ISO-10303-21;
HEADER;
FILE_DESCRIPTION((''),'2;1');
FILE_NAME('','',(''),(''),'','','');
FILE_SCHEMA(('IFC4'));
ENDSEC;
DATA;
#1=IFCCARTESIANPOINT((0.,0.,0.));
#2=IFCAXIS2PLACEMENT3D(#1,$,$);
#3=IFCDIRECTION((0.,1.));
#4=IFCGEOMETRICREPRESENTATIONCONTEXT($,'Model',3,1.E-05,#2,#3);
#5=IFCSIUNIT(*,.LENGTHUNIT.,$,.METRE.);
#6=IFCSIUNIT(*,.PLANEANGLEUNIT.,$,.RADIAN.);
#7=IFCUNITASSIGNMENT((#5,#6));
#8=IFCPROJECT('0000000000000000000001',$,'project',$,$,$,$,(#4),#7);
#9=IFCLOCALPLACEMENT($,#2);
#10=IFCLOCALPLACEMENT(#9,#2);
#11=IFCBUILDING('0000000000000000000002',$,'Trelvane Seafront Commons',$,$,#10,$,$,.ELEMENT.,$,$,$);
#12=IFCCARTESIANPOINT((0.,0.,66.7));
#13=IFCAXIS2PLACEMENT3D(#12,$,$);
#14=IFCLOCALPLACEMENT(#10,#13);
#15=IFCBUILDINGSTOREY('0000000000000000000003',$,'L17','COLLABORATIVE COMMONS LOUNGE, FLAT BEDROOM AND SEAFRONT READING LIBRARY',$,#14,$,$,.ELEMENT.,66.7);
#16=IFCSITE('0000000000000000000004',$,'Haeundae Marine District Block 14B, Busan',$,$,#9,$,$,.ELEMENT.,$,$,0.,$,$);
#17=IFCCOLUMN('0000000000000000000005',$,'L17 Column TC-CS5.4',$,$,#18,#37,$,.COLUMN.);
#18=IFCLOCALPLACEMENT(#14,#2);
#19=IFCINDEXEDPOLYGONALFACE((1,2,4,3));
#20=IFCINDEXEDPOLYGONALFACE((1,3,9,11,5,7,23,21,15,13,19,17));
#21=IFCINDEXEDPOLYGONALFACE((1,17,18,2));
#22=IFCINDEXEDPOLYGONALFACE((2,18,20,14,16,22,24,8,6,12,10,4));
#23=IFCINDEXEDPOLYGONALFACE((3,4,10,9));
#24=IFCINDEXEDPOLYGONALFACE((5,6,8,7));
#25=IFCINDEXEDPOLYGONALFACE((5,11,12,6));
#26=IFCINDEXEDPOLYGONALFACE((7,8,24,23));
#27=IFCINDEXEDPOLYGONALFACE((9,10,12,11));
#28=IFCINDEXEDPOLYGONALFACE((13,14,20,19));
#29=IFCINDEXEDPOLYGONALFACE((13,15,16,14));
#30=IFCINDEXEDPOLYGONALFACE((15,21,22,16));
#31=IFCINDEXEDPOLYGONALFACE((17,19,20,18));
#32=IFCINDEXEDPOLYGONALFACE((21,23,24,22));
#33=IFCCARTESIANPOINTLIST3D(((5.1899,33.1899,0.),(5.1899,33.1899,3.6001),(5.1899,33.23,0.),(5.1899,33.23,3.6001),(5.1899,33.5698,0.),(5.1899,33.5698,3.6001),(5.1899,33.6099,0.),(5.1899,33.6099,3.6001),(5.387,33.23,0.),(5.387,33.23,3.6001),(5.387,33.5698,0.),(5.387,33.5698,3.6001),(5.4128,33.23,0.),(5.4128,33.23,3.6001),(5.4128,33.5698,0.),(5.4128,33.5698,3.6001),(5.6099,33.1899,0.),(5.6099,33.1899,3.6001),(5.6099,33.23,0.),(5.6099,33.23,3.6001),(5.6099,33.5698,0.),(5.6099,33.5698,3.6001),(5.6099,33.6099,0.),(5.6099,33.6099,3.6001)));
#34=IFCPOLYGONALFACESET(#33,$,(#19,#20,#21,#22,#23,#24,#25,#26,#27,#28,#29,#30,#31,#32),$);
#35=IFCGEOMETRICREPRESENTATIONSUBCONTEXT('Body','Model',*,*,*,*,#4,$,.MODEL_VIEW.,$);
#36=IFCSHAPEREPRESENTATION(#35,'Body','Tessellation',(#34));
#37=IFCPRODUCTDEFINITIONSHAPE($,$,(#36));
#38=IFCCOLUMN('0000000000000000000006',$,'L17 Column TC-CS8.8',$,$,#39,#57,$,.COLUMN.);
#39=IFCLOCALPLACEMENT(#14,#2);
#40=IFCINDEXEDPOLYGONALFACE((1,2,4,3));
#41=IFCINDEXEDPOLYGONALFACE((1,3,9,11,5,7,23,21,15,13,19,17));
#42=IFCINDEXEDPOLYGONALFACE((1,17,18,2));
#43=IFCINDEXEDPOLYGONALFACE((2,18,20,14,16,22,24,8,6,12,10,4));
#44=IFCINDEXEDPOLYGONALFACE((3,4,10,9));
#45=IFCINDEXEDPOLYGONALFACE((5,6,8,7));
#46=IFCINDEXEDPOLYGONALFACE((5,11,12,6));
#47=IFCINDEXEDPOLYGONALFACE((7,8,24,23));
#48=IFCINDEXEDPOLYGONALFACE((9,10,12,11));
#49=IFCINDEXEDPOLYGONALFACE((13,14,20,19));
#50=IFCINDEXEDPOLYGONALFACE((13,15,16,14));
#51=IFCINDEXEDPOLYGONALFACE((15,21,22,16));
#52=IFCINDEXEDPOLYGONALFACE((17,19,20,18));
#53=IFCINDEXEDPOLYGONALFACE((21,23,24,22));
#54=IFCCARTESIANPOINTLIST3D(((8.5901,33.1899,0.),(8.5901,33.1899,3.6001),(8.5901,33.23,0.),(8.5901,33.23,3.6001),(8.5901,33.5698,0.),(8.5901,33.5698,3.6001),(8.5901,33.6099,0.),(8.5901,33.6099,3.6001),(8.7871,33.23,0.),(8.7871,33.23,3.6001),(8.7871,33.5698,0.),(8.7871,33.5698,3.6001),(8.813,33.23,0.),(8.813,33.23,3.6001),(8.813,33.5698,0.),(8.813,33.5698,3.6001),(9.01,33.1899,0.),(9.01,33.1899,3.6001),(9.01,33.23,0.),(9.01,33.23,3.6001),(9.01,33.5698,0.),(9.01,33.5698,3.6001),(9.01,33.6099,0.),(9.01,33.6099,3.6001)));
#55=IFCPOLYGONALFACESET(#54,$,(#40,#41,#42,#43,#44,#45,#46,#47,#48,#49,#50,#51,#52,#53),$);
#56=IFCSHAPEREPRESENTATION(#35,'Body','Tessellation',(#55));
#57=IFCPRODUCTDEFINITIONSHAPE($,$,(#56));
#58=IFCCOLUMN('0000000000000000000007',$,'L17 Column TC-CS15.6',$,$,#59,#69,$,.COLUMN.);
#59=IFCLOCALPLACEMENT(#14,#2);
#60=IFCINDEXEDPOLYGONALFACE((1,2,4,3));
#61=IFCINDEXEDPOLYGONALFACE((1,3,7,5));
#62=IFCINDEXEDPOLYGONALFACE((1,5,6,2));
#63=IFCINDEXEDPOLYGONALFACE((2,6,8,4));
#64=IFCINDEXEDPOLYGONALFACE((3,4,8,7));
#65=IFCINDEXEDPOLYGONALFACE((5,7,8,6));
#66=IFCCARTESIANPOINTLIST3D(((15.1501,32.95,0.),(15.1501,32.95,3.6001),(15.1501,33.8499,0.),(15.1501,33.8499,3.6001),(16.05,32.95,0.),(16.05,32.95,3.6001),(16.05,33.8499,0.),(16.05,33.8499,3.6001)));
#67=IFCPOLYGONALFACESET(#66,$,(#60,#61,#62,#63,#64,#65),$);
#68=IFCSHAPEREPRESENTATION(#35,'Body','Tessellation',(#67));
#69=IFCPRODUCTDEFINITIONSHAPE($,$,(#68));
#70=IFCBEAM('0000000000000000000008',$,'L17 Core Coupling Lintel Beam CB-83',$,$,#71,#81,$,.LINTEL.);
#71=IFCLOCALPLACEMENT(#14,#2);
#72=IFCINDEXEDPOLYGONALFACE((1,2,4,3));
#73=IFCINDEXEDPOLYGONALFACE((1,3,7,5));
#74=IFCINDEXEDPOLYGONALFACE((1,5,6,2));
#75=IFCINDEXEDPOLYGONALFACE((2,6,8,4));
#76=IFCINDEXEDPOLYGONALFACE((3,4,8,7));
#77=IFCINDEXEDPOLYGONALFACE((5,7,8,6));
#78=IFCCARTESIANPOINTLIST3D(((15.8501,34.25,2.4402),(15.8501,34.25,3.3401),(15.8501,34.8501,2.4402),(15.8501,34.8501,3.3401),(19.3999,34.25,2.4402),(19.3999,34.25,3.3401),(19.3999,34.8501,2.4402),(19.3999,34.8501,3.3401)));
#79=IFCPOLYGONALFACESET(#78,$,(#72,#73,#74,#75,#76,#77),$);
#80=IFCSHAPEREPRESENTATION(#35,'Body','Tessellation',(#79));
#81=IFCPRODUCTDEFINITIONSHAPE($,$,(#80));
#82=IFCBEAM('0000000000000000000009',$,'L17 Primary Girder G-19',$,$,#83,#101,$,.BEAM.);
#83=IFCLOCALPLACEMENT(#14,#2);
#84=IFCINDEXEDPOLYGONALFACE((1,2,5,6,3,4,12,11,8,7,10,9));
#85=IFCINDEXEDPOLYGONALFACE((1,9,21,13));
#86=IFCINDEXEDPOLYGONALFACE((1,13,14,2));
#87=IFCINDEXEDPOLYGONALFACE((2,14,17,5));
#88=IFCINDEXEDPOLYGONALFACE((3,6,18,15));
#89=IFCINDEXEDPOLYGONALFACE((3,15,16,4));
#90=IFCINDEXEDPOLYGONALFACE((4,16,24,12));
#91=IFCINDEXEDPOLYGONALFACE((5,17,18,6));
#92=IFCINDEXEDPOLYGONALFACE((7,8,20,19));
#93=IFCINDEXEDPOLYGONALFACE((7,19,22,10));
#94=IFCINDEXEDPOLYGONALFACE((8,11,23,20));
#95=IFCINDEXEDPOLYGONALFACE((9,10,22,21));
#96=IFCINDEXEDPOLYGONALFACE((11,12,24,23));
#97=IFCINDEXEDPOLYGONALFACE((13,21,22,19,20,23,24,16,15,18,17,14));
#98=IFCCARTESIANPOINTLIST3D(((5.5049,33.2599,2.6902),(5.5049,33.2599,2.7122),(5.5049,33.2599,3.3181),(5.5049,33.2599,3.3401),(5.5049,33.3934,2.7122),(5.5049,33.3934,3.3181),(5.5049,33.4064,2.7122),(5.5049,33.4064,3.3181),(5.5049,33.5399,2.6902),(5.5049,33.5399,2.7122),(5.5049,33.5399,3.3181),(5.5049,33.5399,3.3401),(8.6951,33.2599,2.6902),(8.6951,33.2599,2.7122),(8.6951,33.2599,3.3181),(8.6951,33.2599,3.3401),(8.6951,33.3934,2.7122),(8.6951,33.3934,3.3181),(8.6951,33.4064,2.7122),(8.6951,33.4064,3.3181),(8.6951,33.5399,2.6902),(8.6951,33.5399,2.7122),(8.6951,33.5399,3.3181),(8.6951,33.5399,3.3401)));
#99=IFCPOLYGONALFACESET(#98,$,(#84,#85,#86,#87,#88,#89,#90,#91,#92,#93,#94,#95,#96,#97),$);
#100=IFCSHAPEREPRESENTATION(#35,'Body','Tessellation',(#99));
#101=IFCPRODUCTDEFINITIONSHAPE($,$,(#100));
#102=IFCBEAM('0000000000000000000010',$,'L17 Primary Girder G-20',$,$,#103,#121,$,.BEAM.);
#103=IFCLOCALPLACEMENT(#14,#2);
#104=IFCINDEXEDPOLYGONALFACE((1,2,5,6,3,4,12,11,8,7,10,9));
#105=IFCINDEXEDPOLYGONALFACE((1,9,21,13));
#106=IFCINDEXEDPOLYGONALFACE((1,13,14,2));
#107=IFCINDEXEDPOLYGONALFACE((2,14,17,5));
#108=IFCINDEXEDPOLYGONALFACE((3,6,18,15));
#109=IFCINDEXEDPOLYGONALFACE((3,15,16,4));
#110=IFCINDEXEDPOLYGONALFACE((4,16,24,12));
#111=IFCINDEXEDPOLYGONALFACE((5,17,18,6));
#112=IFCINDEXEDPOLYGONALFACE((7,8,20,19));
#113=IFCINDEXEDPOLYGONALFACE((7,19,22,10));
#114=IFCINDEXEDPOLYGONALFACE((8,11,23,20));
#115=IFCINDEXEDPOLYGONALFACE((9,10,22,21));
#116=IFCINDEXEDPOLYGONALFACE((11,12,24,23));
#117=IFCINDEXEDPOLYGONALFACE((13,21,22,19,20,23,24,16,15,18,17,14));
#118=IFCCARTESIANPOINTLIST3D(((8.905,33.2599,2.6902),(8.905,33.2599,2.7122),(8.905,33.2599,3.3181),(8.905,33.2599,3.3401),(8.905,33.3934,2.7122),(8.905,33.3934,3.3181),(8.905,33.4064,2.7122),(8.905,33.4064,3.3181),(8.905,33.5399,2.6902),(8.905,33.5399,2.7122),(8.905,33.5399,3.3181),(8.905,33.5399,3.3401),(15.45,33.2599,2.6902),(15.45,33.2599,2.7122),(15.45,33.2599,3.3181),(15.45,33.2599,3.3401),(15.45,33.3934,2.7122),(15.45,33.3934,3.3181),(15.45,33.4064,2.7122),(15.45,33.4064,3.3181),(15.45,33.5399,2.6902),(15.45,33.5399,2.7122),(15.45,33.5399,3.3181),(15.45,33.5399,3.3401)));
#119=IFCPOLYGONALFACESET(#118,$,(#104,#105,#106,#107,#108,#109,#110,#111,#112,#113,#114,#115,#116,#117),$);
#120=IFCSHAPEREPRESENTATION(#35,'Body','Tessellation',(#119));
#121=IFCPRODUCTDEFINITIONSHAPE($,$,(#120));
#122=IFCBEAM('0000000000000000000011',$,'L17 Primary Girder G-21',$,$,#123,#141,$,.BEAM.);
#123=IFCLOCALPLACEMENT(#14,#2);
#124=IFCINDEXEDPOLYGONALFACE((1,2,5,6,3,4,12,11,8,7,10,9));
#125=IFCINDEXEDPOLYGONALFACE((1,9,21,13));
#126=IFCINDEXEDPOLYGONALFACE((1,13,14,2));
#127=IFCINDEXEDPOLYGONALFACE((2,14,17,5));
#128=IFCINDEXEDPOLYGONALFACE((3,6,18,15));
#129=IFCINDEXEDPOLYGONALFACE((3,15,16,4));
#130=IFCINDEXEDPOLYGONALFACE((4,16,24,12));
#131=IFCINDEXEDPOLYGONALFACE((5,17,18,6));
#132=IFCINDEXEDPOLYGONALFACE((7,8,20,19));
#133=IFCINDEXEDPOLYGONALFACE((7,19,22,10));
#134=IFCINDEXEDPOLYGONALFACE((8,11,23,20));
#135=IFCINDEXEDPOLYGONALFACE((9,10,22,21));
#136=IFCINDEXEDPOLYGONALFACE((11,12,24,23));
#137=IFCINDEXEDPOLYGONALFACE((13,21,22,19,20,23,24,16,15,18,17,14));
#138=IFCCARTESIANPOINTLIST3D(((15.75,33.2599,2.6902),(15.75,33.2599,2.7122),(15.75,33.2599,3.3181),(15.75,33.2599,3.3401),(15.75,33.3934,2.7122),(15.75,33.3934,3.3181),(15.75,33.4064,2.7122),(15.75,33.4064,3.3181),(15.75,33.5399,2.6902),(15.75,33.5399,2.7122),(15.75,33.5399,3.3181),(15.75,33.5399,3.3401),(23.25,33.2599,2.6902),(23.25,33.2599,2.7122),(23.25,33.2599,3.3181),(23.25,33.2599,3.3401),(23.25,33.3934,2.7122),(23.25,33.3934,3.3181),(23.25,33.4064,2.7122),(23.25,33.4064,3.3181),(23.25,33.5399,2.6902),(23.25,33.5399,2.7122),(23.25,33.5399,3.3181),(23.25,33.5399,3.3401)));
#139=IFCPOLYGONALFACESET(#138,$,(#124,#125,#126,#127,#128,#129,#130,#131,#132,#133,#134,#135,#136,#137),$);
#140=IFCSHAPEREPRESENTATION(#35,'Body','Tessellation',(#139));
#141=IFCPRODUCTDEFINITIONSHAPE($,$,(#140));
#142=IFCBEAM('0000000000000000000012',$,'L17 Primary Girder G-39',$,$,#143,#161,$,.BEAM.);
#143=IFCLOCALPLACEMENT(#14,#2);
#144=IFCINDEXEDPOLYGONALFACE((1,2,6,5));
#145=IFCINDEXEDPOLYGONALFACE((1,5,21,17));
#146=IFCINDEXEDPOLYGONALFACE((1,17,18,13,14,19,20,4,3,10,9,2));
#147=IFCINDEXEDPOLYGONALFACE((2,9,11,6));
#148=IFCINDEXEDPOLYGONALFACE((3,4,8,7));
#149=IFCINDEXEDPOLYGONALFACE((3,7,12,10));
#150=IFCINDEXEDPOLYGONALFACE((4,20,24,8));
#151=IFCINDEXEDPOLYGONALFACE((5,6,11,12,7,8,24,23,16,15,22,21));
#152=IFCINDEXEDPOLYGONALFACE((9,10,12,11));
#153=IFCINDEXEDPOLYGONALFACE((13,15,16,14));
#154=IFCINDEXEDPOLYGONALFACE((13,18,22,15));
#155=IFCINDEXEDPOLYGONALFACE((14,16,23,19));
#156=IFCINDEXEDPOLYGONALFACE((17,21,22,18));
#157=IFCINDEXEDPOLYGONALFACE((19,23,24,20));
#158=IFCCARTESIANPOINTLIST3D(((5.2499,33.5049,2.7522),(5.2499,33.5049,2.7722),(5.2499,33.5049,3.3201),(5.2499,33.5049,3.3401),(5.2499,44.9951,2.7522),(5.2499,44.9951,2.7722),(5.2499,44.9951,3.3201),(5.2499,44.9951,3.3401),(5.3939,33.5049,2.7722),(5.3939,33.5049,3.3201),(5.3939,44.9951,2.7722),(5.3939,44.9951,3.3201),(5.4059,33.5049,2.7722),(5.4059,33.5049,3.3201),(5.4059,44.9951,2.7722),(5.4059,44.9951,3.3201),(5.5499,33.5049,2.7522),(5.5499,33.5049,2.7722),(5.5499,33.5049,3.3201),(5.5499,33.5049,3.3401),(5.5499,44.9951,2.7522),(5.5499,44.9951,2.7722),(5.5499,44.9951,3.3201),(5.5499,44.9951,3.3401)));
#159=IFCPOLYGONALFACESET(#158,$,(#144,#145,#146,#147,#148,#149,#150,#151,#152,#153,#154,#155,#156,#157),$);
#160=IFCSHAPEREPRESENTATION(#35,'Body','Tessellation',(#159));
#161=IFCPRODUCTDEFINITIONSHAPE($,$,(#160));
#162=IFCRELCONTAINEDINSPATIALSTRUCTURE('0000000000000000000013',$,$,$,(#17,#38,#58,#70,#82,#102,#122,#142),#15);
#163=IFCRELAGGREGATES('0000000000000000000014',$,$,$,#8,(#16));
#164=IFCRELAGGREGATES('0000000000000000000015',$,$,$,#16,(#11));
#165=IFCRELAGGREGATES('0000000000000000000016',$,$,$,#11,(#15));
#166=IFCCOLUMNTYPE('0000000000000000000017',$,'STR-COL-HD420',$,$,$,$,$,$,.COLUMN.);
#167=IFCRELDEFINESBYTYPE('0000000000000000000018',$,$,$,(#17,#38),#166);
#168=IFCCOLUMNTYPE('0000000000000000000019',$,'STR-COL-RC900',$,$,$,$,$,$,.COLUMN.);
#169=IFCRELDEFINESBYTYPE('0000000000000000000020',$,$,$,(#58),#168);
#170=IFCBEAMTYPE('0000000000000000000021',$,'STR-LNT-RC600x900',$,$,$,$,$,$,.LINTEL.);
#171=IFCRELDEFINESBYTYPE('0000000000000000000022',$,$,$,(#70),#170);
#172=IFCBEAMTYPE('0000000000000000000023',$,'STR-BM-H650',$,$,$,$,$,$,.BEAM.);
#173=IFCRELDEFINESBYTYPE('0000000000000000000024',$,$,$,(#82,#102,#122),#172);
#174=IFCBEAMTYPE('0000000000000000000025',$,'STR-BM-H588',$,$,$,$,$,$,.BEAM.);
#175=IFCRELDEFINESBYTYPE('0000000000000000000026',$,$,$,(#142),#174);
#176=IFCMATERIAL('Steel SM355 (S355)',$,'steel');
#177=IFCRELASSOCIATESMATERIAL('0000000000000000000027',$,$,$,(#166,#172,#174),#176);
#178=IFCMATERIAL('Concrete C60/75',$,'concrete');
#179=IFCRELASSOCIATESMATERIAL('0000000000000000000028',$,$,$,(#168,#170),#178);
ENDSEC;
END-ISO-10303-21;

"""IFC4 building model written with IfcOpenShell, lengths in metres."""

from ifc_helpers import new_model, si_unit, direction, frame, origin, origin_2d, place, context, subcontext, project, spatial, rectangle, i_section, extrude, source, transform, mapped, material, material_profile, profile_set, type_object, element, save


model = new_model("IFC4")

# Units and contexts
model_context = context("Model", 3, precision=1e-05, world=origin(), true_north=direction((0.0, 1.0)))
body_context = subcontext(model_context, "Body", "Model", "MODEL_VIEW")
ifc_project = project(units=[si_unit("LENGTHUNIT", "METRE"), si_unit("PLANEANGLEUNIT", "RADIAN")], contexts=[model_context])

# Site, building, storey
site_placement = place(None, origin())
site = spatial("IfcSite", under=ifc_project, at=site_placement, Name="Haeundae Marine District Block 14B, Busan", CompositionType="ELEMENT", RefElevation=0.0)
building_placement = place(site_placement, origin())
building = spatial("IfcBuilding", under=site, at=building_placement, Name="Trelvane Seafront Commons", CompositionType="ELEMENT")
storey_placement = place(building_placement, frame((0.0, 0.0, 66.7)))
storey = spatial("IfcBuildingStorey", under=building, at=storey_placement, Name="L17", Description="COLLABORATIVE COMMONS LOUNGE, FLAT BEDROOM AND SEAFRONT READING LIBRARY", CompositionType="ELEMENT", Elevation=66.7)

# Columns
ifc_material_1 = material(Name="Steel SM355 (S355)", Category="steel")
ifc_material_profile_1 = material_profile(ifc_material_1, i_section(OverallWidth=0.4199, OverallDepth=0.4199, WebThickness=0.0259, FlangeThickness=0.04, at=origin_2d()), Name="HD-420x420x26x40")
ifc_profile_set_1 = profile_set([ifc_material_profile_1], Name="Steel SM355 (S355)")
column_type_1 = type_object("IfcColumnType", Name="STR-COL-HD420", PredefinedType="COLUMN", material=ifc_profile_set_1)
shared_shape_1 = source(origin(), body_context, "Body", "SweptSolid", [
    extrude(i_section(OverallWidth=0.4199, OverallDepth=0.4199, WebThickness=0.0259, FlangeThickness=0.04, at=origin_2d()), origin(), (0.0, 0.0, 1.0), 3.6001),
])
for number, where, z_axis, x_axis, name in (
    (1, (5.3999, 33.3999, 0.0), (0.0, 0.0, 1.0), (1.0, 0.0, 0.0), "L17 Column TC-CS5.4"),
    (2, (8.8, 33.3999, 0.0), (0.0, 0.0, 1.0), (1.0, 0.0, 0.0), "L17 Column TC-CS8.8"),
):
    element("IfcColumn", number, at=place(storey_placement, frame(where, z_axis=z_axis, x_axis=x_axis)), inside=storey, type_object=column_type_1, Name=name, PredefinedType="COLUMN", context=body_context, shape_type="MappedRepresentation", body=[
        mapped(shared_shape_1, transform((0.0, 0.0, 0.0), x_axis=(1.0, 0.0, 0.0), y_axis=(0.0, 1.0, 0.0), z_axis=(0.0, 0.0, 1.0), scale=1.0)),
    ])
ifc_material_2 = material(Name="Concrete C60/75", Category="concrete")
ifc_material_profile_2 = material_profile(ifc_material_2, rectangle(XDim=0.8999, YDim=0.8999, at=origin_2d()), Name="RC-900x900")
ifc_profile_set_2 = profile_set([ifc_material_profile_2], Name="Concrete C60/75")
column_type_2 = type_object("IfcColumnType", Name="STR-COL-RC900", PredefinedType="COLUMN", material=ifc_profile_set_2)
shared_shape_2 = source(origin(), body_context, "Body", "SweptSolid", [
    extrude(rectangle(XDim=0.8999, YDim=0.8999, at=origin_2d()), origin(), (0.0, 0.0, 1.0), 3.6001),
])
column_placement = place(storey_placement, frame((15.6001, 33.3999, 0.0), z_axis=(0.0, 0.0, 1.0), x_axis=(1.0, 0.0, 0.0)))
element("IfcColumn", 3, at=column_placement, inside=storey, type_object=column_type_2, Name="L17 Column TC-CS15.6", PredefinedType="COLUMN", context=body_context, shape_type="MappedRepresentation", body=[
    mapped(shared_shape_2, transform((0.0, 0.0, 0.0), x_axis=(1.0, 0.0, 0.0), y_axis=(0.0, 1.0, 0.0), z_axis=(0.0, 0.0, 1.0), scale=1.0)),
])

# Beams
ifc_material_profile_3 = material_profile(ifc_material_2, rectangle(XDim=0.6001, YDim=0.8999, at=origin_2d()), Name="RC-600x900")
ifc_profile_set_3 = profile_set([ifc_material_profile_3], Name="Concrete C60/75")
beam_type_1 = type_object("IfcBeamType", Name="STR-LNT-RC600x900", PredefinedType="LINTEL", material=ifc_profile_set_3)
shared_shape_3 = source(origin(), body_context, "Body", "SweptSolid", [
    extrude(rectangle(XDim=0.6001, YDim=0.8999, at=origin_2d()), origin(), (0.0, 0.0, 1.0), 3.5498),
])
beam_1_placement = place(storey_placement, frame((15.8501, 34.55, 2.8901), z_axis=(1.0, 0.0, 0.0), x_axis=(0.0, 1.0, 0.0)))
element("IfcBeam", 4, at=beam_1_placement, inside=storey, type_object=beam_type_1, Name="L17 Core Coupling Lintel Beam CB-83", PredefinedType="LINTEL", context=body_context, shape_type="MappedRepresentation", body=[
    mapped(shared_shape_3, transform((0.0, 0.0, 0.0), x_axis=(1.0, 0.0, 0.0), y_axis=(0.0, 1.0, 0.0), z_axis=(0.0, 0.0, 1.0), scale=1.0)),
])
ifc_material_profile_4 = material_profile(ifc_material_1, i_section(OverallWidth=0.28, OverallDepth=0.6499, WebThickness=0.0129, FlangeThickness=0.022, at=origin_2d()), Name="H-650x280x13x22")
ifc_profile_set_4 = profile_set([ifc_material_profile_4], Name="Steel SM355 (S355)")
beam_type_2 = type_object("IfcBeamType", Name="STR-BM-H650", PredefinedType="BEAM", material=ifc_profile_set_4)
shared_shape_4 = source(origin(), body_context, "Body", "SweptSolid", [
    extrude(i_section(OverallWidth=0.28, OverallDepth=0.6499, WebThickness=0.0129, FlangeThickness=0.022, at=origin_2d()), origin(), (0.0, 0.0, 1.0), 3.1902),
])
beam_2_placement = place(storey_placement, frame((5.5049, 33.3999, 3.0151), z_axis=(1.0, 0.0, 0.0), x_axis=(0.0, 1.0, 0.0)))
element("IfcBeam", 5, at=beam_2_placement, inside=storey, type_object=beam_type_2, Name="L17 Primary Girder G-19", PredefinedType="BEAM", context=body_context, shape_type="MappedRepresentation", body=[
    mapped(shared_shape_4, transform((0.0, 0.0, 0.0), x_axis=(1.0, 0.0, 0.0), y_axis=(0.0, 1.0, 0.0), z_axis=(0.0, 0.0, 1.0), scale=1.0)),
])
shared_shape_5 = source(origin(), body_context, "Body", "SweptSolid", [
    extrude(i_section(OverallWidth=0.28, OverallDepth=0.6499, WebThickness=0.0129, FlangeThickness=0.022, at=origin_2d()), origin(), (0.0, 0.0, 1.0), 6.5449),
])
beam_3_placement = place(storey_placement, frame((8.905, 33.3999, 3.0151), z_axis=(1.0, 0.0, 0.0), x_axis=(0.0, 1.0, 0.0)))
element("IfcBeam", 6, at=beam_3_placement, inside=storey, type_object=beam_type_2, Name="L17 Primary Girder G-20", PredefinedType="BEAM", context=body_context, shape_type="MappedRepresentation", body=[
    mapped(shared_shape_5, transform((0.0, 0.0, 0.0), x_axis=(1.0, 0.0, 0.0), y_axis=(0.0, 1.0, 0.0), z_axis=(0.0, 0.0, 1.0), scale=1.0)),
])
shared_shape_6 = source(origin(), body_context, "Body", "SweptSolid", [
    extrude(i_section(OverallWidth=0.28, OverallDepth=0.6499, WebThickness=0.0129, FlangeThickness=0.022, at=origin_2d()), origin(), (0.0, 0.0, 1.0), 7.5),
])
beam_4_placement = place(storey_placement, frame((15.75, 33.3999, 3.0151), z_axis=(1.0, 0.0, 0.0), x_axis=(0.0, 1.0, 0.0)))
element("IfcBeam", 7, at=beam_4_placement, inside=storey, type_object=beam_type_2, Name="L17 Primary Girder G-21", PredefinedType="BEAM", context=body_context, shape_type="MappedRepresentation", body=[
    mapped(shared_shape_6, transform((0.0, 0.0, 0.0), x_axis=(1.0, 0.0, 0.0), y_axis=(0.0, 1.0, 0.0), z_axis=(0.0, 0.0, 1.0), scale=1.0)),
])
ifc_material_profile_5 = material_profile(ifc_material_1, i_section(OverallWidth=0.3, OverallDepth=0.5879, WebThickness=0.012, FlangeThickness=0.02, at=origin_2d()), Name="H-588x300x12x20")
ifc_profile_set_5 = profile_set([ifc_material_profile_5], Name="Steel SM355 (S355)")
beam_type_3 = type_object("IfcBeamType", Name="STR-BM-H588", PredefinedType="BEAM", material=ifc_profile_set_5)
shared_shape_7 = source(origin(), body_context, "Body", "SweptSolid", [
    extrude(i_section(OverallWidth=0.3, OverallDepth=0.5879, WebThickness=0.012, FlangeThickness=0.02, at=origin_2d()), origin(), (0.0, 0.0, 1.0), 11.4902),
])
for number, where, z_axis, x_axis, name in (
    (8, (5.3999, 33.5049, 3.0461), (0.0, 1.0, 0.0), (-1.0, 0.0, 0.0), "L17 Primary Girder G-39"),
):
    element("IfcBeam", number, at=place(storey_placement, frame(where, z_axis=z_axis, x_axis=x_axis)), inside=storey, type_object=beam_type_3, Name=name, PredefinedType="BEAM", context=body_context, shape_type="MappedRepresentation", body=[
        mapped(shared_shape_7, transform((0.0, 0.0, 0.0), x_axis=(1.0, 0.0, 0.0), y_axis=(0.0, 1.0, 0.0), z_axis=(0.0, 0.0, 1.0), scale=1.0)),
    ])

save(model, "model.ifc")
